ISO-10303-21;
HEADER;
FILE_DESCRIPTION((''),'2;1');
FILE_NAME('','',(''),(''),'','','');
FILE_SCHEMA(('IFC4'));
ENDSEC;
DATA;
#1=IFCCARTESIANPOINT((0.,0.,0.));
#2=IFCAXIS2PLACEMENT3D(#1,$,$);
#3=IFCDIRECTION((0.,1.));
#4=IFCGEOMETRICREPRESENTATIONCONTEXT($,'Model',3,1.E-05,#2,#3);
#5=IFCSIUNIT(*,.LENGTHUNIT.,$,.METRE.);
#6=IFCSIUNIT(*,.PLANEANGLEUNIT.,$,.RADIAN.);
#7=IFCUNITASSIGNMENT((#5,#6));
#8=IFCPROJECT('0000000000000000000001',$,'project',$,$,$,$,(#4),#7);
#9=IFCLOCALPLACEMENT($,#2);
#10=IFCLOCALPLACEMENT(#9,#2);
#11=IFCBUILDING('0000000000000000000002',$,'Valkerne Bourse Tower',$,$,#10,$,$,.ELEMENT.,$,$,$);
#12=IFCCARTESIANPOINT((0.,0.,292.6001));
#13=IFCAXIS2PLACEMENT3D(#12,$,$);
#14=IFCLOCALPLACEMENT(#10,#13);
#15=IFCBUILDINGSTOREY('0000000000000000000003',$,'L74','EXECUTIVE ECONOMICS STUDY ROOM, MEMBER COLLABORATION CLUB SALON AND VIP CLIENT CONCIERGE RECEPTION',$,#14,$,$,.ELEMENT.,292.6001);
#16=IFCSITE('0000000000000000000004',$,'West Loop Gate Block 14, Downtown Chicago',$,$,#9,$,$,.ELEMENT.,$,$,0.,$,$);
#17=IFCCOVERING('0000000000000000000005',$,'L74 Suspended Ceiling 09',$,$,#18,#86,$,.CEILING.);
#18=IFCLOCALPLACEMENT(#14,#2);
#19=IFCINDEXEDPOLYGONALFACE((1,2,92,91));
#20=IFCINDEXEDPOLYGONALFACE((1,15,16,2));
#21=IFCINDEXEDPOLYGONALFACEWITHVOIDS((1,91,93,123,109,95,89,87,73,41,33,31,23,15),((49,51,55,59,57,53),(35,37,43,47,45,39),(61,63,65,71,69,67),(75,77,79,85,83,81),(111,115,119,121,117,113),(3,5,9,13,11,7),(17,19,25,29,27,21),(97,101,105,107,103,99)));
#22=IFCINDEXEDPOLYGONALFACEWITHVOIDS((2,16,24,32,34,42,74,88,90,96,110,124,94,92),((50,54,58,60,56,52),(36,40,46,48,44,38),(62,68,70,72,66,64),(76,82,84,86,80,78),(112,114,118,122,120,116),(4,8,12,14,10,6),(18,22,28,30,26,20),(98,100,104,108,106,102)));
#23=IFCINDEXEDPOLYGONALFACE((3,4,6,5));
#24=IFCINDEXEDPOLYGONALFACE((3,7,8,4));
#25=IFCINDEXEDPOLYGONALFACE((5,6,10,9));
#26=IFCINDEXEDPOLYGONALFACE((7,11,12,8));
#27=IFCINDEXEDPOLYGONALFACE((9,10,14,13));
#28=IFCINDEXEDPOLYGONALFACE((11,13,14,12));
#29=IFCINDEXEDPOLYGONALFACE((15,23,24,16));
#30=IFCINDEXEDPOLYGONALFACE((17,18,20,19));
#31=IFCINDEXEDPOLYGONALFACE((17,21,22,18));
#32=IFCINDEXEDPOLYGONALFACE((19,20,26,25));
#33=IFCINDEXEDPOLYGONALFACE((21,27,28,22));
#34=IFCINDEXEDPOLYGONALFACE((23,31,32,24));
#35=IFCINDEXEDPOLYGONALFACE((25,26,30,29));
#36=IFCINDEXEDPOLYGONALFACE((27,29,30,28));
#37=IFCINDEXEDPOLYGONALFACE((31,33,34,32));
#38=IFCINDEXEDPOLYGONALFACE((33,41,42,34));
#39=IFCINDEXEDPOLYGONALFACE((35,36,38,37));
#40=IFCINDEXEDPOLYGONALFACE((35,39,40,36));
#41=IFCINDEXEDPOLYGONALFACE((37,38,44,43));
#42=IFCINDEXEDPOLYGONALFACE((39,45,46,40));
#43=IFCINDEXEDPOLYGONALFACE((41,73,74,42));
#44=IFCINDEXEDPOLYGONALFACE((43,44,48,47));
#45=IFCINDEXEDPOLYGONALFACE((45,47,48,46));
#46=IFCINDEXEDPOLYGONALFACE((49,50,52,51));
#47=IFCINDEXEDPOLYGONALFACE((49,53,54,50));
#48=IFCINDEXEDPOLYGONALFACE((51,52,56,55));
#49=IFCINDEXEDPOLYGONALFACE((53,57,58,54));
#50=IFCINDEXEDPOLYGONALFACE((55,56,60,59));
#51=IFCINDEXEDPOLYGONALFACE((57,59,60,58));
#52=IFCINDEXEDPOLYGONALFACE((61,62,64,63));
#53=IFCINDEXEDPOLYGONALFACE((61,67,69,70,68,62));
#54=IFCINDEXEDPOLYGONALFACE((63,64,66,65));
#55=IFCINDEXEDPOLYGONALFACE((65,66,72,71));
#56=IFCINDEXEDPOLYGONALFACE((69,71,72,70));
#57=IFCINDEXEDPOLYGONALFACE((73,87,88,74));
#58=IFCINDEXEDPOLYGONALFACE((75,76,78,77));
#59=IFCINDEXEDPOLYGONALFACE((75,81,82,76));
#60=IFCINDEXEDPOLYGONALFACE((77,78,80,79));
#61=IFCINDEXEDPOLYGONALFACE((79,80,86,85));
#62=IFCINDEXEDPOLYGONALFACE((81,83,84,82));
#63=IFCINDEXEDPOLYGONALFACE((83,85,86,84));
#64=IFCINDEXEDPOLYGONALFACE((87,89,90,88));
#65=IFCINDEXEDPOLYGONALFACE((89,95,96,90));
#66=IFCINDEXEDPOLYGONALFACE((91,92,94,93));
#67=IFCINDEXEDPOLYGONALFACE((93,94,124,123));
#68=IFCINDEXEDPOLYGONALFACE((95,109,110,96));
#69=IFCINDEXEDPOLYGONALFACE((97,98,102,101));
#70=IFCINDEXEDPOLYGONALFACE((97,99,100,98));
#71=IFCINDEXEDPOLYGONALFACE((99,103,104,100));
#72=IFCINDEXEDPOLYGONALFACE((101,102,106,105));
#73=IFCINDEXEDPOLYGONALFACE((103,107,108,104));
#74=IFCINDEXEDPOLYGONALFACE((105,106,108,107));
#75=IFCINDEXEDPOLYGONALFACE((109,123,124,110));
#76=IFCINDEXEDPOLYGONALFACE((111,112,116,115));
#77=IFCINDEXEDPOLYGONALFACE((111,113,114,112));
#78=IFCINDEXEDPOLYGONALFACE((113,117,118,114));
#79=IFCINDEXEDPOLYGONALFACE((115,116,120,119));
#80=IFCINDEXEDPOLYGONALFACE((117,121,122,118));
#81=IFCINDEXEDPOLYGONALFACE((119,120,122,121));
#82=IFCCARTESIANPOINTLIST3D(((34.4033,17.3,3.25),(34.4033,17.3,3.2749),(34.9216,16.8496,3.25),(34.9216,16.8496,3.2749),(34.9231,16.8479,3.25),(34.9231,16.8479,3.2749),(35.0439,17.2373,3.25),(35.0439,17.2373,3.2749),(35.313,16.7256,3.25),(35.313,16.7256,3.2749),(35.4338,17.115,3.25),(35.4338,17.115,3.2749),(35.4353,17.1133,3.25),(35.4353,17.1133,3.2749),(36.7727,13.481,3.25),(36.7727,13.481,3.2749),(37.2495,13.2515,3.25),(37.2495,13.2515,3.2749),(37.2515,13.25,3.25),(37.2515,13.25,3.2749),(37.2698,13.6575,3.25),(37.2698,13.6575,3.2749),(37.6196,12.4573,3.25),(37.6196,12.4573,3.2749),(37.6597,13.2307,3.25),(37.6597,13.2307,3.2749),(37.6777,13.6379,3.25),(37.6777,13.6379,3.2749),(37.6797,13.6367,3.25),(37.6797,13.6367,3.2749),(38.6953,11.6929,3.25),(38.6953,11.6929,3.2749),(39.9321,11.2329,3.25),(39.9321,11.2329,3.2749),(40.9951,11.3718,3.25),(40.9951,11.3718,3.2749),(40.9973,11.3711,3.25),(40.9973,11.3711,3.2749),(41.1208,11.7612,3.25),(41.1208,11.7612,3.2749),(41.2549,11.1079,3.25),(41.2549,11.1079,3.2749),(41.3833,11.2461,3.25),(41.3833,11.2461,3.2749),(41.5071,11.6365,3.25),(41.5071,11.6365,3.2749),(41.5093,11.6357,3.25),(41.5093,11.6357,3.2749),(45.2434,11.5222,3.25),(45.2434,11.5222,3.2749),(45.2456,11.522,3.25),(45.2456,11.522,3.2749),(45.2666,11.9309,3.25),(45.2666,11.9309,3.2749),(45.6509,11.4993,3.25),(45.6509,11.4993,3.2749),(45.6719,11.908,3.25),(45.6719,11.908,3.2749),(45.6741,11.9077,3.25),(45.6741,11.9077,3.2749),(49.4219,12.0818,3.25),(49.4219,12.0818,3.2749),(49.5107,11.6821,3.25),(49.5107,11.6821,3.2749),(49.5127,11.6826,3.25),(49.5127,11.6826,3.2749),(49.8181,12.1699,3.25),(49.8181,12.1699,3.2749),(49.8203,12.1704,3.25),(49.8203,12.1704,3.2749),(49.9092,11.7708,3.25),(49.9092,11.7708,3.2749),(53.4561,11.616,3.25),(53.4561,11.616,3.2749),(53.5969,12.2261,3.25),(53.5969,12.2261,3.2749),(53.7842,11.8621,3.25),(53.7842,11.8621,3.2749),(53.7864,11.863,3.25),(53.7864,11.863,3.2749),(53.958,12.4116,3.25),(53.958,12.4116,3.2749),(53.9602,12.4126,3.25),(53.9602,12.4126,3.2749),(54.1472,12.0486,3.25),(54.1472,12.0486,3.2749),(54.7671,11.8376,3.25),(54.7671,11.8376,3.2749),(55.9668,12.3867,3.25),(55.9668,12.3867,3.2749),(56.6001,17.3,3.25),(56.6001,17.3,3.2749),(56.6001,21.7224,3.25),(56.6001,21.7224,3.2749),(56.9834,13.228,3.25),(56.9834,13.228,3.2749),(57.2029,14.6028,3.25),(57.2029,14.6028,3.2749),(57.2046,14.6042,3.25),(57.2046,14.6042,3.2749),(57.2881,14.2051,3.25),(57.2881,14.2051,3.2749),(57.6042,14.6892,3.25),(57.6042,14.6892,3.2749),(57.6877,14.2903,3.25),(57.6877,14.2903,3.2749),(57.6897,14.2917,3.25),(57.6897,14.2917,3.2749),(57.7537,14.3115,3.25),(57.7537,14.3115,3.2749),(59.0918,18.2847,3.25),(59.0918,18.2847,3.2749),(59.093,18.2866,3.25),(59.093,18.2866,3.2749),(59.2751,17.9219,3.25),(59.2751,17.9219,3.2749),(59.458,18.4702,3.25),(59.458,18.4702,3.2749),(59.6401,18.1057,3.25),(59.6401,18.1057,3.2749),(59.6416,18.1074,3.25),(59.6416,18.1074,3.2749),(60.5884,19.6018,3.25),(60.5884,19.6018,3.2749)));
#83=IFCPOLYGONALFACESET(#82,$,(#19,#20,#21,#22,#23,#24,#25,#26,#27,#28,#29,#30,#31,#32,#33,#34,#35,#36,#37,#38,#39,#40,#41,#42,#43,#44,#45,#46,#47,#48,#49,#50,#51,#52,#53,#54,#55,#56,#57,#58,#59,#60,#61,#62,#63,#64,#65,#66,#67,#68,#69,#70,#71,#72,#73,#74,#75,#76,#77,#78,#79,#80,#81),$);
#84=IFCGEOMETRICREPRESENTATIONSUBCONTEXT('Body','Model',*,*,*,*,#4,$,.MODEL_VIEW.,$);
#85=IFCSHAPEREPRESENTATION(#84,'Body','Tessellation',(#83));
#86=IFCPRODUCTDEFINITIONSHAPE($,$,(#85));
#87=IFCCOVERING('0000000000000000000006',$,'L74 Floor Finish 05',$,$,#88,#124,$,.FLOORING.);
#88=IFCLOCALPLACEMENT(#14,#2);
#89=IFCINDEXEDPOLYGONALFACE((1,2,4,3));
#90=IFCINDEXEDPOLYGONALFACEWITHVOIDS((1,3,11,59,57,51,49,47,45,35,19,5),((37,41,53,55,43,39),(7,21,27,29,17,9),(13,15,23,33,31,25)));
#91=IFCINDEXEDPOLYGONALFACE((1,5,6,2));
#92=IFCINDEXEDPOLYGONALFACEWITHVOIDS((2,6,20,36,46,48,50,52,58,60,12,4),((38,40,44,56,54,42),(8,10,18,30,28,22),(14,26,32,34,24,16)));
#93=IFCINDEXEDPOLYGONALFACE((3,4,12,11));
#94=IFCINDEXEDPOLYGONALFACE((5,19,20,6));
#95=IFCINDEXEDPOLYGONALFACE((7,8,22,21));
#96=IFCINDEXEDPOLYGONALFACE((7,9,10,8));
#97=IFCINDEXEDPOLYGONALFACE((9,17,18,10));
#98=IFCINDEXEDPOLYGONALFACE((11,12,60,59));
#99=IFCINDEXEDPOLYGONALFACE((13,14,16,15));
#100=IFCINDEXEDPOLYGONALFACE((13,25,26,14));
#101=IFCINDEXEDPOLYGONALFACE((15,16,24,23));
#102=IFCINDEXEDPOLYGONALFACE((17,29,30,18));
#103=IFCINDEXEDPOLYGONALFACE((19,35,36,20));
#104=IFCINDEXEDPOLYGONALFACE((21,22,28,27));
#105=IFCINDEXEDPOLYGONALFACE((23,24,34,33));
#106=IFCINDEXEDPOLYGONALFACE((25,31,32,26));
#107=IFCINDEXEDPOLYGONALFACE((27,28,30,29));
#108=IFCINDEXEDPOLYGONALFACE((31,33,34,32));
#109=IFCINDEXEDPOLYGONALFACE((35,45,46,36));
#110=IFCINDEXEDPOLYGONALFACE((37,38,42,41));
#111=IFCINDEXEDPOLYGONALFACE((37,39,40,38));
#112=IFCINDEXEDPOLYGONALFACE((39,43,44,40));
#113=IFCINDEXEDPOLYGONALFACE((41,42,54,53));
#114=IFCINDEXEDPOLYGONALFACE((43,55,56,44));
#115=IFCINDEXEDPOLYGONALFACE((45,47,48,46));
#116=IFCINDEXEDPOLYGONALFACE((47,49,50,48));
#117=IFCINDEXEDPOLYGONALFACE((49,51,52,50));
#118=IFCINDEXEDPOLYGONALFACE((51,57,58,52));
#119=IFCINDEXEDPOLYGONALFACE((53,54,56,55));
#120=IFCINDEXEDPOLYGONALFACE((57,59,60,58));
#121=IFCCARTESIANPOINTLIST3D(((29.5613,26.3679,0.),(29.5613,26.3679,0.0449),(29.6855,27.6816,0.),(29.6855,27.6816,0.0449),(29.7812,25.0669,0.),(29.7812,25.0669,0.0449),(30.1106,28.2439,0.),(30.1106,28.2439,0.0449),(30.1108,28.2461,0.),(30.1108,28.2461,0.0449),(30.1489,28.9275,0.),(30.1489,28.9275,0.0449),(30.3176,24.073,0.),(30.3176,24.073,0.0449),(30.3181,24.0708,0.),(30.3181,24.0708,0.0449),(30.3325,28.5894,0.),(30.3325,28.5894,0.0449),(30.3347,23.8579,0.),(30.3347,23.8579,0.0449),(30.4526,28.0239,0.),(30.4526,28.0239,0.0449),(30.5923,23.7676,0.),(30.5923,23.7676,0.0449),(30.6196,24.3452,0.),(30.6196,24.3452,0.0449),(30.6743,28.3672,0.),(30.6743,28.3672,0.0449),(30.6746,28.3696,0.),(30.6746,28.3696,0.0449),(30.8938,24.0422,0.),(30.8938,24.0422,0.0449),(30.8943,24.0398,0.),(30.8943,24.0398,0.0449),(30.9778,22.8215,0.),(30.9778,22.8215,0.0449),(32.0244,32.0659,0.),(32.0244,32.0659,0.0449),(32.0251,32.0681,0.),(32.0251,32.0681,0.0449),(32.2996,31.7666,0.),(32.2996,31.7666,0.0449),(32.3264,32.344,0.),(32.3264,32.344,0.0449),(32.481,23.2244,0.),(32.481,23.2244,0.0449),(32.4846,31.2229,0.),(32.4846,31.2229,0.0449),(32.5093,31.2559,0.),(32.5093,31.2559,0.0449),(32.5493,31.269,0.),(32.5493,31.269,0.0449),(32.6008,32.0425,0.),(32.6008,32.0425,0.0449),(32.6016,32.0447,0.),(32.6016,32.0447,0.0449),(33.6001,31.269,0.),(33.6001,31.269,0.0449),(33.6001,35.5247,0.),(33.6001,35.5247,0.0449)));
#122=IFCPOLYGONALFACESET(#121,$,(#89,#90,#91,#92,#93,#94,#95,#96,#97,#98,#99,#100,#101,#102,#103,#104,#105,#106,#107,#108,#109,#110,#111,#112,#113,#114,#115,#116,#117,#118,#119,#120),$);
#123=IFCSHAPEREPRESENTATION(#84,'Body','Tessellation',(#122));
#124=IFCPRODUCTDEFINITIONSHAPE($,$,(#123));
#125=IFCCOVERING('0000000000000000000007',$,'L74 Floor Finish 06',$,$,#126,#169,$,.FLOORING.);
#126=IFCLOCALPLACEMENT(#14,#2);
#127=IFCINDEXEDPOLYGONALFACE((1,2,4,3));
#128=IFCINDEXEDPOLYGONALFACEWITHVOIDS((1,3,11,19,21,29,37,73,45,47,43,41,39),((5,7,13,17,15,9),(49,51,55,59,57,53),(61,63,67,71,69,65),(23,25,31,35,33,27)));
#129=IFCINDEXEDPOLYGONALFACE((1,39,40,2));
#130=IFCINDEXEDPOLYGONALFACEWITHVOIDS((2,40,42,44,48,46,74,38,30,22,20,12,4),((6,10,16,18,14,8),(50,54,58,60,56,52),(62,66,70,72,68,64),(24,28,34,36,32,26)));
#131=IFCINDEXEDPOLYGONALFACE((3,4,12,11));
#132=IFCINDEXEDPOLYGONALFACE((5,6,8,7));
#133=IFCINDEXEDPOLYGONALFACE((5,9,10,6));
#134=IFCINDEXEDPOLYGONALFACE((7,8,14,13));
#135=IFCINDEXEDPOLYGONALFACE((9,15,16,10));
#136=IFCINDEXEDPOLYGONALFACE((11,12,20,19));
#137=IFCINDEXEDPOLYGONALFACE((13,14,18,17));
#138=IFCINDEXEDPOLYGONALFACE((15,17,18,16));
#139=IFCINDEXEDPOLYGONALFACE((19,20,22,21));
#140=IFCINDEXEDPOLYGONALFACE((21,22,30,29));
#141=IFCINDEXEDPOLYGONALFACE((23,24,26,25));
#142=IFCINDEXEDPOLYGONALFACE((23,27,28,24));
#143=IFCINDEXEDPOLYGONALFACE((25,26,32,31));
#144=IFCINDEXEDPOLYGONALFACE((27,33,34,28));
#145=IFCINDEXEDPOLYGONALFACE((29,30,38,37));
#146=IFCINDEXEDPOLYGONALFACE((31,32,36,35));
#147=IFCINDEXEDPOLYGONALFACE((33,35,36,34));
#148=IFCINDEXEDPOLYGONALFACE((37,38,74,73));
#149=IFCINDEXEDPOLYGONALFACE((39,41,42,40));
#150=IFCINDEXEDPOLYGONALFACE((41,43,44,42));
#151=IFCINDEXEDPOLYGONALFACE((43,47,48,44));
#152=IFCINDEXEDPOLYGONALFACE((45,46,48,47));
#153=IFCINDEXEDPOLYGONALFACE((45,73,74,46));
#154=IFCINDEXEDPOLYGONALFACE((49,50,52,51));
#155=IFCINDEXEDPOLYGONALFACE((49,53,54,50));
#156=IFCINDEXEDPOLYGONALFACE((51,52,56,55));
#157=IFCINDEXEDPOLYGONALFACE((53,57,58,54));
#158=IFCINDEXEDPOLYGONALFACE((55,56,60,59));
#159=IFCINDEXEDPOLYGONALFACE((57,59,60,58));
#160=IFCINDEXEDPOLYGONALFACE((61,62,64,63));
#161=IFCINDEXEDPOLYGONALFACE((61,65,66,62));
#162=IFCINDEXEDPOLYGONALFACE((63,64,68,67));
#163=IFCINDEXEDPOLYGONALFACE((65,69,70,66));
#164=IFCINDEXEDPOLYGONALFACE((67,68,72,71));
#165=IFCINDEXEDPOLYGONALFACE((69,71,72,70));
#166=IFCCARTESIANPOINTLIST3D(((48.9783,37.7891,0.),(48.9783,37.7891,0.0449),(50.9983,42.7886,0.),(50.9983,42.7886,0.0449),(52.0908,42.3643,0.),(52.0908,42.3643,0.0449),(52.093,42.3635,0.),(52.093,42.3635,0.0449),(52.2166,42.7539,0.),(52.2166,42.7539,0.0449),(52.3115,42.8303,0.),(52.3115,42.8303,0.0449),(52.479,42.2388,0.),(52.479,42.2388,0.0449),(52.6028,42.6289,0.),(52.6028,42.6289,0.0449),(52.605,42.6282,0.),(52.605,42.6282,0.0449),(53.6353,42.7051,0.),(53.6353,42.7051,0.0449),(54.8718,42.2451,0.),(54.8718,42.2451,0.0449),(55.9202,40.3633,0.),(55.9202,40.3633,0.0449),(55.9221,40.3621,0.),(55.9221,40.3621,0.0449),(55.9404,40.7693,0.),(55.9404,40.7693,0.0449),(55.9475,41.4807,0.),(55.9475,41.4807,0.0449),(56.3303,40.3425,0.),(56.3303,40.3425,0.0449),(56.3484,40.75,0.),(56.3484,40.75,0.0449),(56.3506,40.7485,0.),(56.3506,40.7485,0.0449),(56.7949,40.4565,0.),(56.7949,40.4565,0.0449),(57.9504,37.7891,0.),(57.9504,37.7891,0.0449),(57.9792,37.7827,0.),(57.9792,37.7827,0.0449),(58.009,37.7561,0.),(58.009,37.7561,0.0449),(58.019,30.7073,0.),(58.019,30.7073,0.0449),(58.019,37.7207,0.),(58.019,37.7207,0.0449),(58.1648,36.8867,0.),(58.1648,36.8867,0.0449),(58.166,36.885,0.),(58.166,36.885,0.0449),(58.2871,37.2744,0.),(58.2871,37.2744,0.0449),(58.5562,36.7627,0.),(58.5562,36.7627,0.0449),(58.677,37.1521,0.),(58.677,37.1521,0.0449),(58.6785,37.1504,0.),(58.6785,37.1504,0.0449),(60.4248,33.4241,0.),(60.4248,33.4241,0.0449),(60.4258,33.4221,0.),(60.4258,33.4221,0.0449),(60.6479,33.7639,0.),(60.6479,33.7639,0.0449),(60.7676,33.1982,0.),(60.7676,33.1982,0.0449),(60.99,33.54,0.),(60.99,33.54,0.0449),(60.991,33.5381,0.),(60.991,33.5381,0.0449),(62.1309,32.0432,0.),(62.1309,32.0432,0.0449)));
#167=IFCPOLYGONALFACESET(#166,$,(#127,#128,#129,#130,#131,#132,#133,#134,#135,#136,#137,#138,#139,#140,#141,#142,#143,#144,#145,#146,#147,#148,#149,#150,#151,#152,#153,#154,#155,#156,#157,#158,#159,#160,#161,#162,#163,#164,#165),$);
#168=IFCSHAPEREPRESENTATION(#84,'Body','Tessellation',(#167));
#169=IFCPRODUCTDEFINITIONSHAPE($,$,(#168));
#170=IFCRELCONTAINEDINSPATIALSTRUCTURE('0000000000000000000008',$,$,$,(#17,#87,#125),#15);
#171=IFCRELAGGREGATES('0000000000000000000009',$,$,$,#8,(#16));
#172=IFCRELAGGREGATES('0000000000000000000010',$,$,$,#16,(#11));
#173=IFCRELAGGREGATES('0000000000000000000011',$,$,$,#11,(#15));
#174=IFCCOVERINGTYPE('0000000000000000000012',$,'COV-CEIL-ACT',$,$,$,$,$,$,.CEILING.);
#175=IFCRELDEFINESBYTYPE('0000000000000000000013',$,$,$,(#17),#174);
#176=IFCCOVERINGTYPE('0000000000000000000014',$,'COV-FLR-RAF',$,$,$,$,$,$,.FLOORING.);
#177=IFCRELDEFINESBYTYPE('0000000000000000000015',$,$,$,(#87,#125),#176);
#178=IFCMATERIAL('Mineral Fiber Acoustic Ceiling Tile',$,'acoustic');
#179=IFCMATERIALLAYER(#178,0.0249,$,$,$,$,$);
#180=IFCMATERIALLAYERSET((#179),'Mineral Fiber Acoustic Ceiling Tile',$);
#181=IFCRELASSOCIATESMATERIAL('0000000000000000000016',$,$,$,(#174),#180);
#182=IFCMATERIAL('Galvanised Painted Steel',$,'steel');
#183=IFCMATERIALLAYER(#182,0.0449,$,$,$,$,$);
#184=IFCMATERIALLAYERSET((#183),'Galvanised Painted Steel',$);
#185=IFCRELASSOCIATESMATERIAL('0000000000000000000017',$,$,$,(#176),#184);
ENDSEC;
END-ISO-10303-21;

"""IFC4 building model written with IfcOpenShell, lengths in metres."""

from ifc_helpers import new_model, si_unit, direction, frame, origin, place, context, subcontext, project, spatial, polyline, outline, extrude, material, layer, layer_set, type_object, element, save


model = new_model("IFC4")

# Units and contexts
model_context = context("Model", 3, precision=1e-05, world=origin(), true_north=direction((0.0, 1.0)))
body_context = subcontext(model_context, "Body", "Model", "MODEL_VIEW")
ifc_project = project(units=[si_unit("LENGTHUNIT", "METRE"), si_unit("PLANEANGLEUNIT", "RADIAN")], contexts=[model_context])

# Site, building, storey
site_placement = place(None, origin())
site = spatial("IfcSite", under=ifc_project, at=site_placement, Name="West Loop Gate Block 14, Downtown Chicago", CompositionType="ELEMENT", RefElevation=0.0)
building_placement = place(site_placement, origin())
building = spatial("IfcBuilding", under=site, at=building_placement, Name="Valkerne Bourse Tower", CompositionType="ELEMENT")
storey_placement = place(building_placement, frame((0.0, 0.0, 292.6001)))
storey = spatial("IfcBuildingStorey", under=building, at=storey_placement, Name="L74", Description="EXECUTIVE ECONOMICS STUDY ROOM, MEMBER COLLABORATION CLUB SALON AND VIP CLIENT CONCIERGE RECEPTION", CompositionType="ELEMENT", Elevation=292.6001)

# Coverings
ifc_material_1 = material(Name="Mineral Fiber Acoustic Ceiling Tile", Category="acoustic")
ifc_layer_1 = layer(ifc_material_1, 0.0249)
ifc_layer_set_1 = layer_set([ifc_layer_1], Name="Mineral Fiber Acoustic Ceiling Tile")
covering_type_1 = type_object("IfcCoveringType", Name="COV-CEIL-ACT", PredefinedType="CEILING", material=ifc_layer_set_1)
covering_1_placement = place(storey_placement, frame((0.0, 0.0, 3.25)))
element("IfcCovering", 1, at=covering_1_placement, inside=storey, type_object=covering_type_1, Name="L74 Suspended Ceiling 09", PredefinedType="CEILING", context=body_context, shape_type="SweptSolid", body=[
    extrude(outline(polyline([(55.9668, 12.3867), (54.7671, 11.8376), (53.4561, 11.616), (41.2549, 11.1079), (39.9321, 11.2329), (38.6953, 11.6929), (37.6196, 12.4573), (36.7727, 13.481), (34.4033, 17.3), (56.6001, 17.3), (56.6001, 21.7224), (60.5884, 19.6018), (57.7537, 14.3115), (56.9834, 13.228), (55.9668, 12.3867)]), holes=[polyline([(41.5071, 11.6365), (41.1208, 11.7612), (40.9951, 11.3718), (40.9973, 11.3711), (41.3833, 11.2461), (41.5093, 11.6357), (41.5071, 11.6365)]), polyline([(45.6719, 11.908), (45.2666, 11.9309), (45.2434, 11.5222), (45.2456, 11.522), (45.6509, 11.4993), (45.6741, 11.9077), (45.6719, 11.908)]), polyline([(37.6777, 13.6379), (37.2698, 13.6575), (37.2495, 13.2515), (37.2515, 13.25), (37.6597, 13.2307), (37.6797, 13.6367), (37.6777, 13.6379)]), polyline([(35.4338, 17.115), (35.0439, 17.2373), (34.9216, 16.8496), (34.9231, 16.8479), (35.313, 16.7256), (35.4353, 17.1133), (35.4338, 17.115)]), polyline([(49.9092, 11.7708), (49.8203, 12.1704), (49.8181, 12.1699), (49.4219, 12.0818), (49.5107, 11.6821), (49.5127, 11.6826), (49.9092, 11.7708)]), polyline([(54.1472, 12.0486), (53.9602, 12.4126), (53.958, 12.4116), (53.5969, 12.2261), (53.7842, 11.8621), (53.7864, 11.863), (54.1472, 12.0486)]), polyline([(57.6897, 14.2917), (57.6042, 14.6892), (57.2046, 14.6042), (57.2029, 14.6028), (57.2881, 14.2051), (57.6877, 14.2903), (57.6897, 14.2917)]), polyline([(59.6416, 18.1074), (59.458, 18.4702), (59.093, 18.2866), (59.0918, 18.2847), (59.2751, 17.9219), (59.6401, 18.1057), (59.6416, 18.1074)])]), origin(), (0.0, 0.0, 1.0), 0.0249),
])
ifc_material_2 = material(Name="Galvanised Painted Steel", Category="steel")
ifc_layer_2 = layer(ifc_material_2, 0.0449)
ifc_layer_set_2 = layer_set([ifc_layer_2], Name="Galvanised Painted Steel")
covering_type_2 = type_object("IfcCoveringType", Name="COV-FLR-RAF", PredefinedType="FLOORING", material=ifc_layer_set_2)
covering_2_placement = place(storey_placement, origin())
element("IfcCovering", 2, at=covering_2_placement, inside=storey, type_object=covering_type_2, Name="L74 Floor Finish 05", PredefinedType="FLOORING", context=body_context, shape_type="SweptSolid", body=[
    extrude(outline(polyline([(29.5613, 26.3679), (29.6855, 27.6816), (30.1489, 28.9275), (33.6001, 35.5247), (33.6001, 31.269), (32.5493, 31.269), (32.5093, 31.2559), (32.4846, 31.2229), (32.481, 23.2244), (30.9778, 22.8215), (30.3347, 23.8579), (29.7812, 25.0669), (29.5613, 26.3679)]), holes=[polyline([(30.8938, 24.0422), (30.6196, 24.3452), (30.3176, 24.073), (30.3181, 24.0708), (30.5923, 23.7676), (30.8943, 24.0398), (30.8938, 24.0422)]), polyline([(30.6746, 28.3696), (30.3325, 28.5894), (30.1108, 28.2461), (30.1106, 28.2439), (30.4526, 28.0239), (30.6743, 28.3672), (30.6746, 28.3696)]), polyline([(32.6016, 32.0447), (32.3264, 32.344), (32.0251, 32.0681), (32.0244, 32.0659), (32.2996, 31.7666), (32.6008, 32.0425), (32.6016, 32.0447)])]), origin(), (0.0, 0.0, 1.0), 0.0449),
])
covering_3_placement = place(storey_placement, origin())
element("IfcCovering", 3, at=covering_3_placement, inside=storey, type_object=covering_type_2, Name="L74 Floor Finish 06", PredefinedType="FLOORING", context=body_context, shape_type="SweptSolid", body=[
    extrude(outline(polyline([(54.8718, 42.2451), (55.9475, 41.4807), (56.7949, 40.4565), (62.1309, 32.0432), (58.019, 30.7073), (58.019, 37.7207), (58.009, 37.7561), (57.9792, 37.7827), (57.9504, 37.7891), (48.9783, 37.7891), (50.9983, 42.7886), (52.3115, 42.8303), (53.6353, 42.7051), (54.8718, 42.2451)]), holes=[polyline([(60.99, 33.54), (60.6479, 33.7639), (60.4248, 33.4241), (60.4258, 33.4221), (60.7676, 33.1982), (60.991, 33.5381), (60.99, 33.54)]), polyline([(58.677, 37.1521), (58.2871, 37.2744), (58.1648, 36.8867), (58.166, 36.885), (58.5562, 36.7627), (58.6785, 37.1504), (58.677, 37.1521)]), polyline([(56.3484, 40.75), (55.9404, 40.7693), (55.9202, 40.3633), (55.9221, 40.3621), (56.3303, 40.3425), (56.3506, 40.7485), (56.3484, 40.75)]), polyline([(52.605, 42.6282), (52.6028, 42.6289), (52.2166, 42.7539), (52.0908, 42.3643), (52.093, 42.3635), (52.479, 42.2388), (52.605, 42.6282)])]), origin(), (0.0, 0.0, 1.0), 0.0449),
])

save(model, "model.ifc")
